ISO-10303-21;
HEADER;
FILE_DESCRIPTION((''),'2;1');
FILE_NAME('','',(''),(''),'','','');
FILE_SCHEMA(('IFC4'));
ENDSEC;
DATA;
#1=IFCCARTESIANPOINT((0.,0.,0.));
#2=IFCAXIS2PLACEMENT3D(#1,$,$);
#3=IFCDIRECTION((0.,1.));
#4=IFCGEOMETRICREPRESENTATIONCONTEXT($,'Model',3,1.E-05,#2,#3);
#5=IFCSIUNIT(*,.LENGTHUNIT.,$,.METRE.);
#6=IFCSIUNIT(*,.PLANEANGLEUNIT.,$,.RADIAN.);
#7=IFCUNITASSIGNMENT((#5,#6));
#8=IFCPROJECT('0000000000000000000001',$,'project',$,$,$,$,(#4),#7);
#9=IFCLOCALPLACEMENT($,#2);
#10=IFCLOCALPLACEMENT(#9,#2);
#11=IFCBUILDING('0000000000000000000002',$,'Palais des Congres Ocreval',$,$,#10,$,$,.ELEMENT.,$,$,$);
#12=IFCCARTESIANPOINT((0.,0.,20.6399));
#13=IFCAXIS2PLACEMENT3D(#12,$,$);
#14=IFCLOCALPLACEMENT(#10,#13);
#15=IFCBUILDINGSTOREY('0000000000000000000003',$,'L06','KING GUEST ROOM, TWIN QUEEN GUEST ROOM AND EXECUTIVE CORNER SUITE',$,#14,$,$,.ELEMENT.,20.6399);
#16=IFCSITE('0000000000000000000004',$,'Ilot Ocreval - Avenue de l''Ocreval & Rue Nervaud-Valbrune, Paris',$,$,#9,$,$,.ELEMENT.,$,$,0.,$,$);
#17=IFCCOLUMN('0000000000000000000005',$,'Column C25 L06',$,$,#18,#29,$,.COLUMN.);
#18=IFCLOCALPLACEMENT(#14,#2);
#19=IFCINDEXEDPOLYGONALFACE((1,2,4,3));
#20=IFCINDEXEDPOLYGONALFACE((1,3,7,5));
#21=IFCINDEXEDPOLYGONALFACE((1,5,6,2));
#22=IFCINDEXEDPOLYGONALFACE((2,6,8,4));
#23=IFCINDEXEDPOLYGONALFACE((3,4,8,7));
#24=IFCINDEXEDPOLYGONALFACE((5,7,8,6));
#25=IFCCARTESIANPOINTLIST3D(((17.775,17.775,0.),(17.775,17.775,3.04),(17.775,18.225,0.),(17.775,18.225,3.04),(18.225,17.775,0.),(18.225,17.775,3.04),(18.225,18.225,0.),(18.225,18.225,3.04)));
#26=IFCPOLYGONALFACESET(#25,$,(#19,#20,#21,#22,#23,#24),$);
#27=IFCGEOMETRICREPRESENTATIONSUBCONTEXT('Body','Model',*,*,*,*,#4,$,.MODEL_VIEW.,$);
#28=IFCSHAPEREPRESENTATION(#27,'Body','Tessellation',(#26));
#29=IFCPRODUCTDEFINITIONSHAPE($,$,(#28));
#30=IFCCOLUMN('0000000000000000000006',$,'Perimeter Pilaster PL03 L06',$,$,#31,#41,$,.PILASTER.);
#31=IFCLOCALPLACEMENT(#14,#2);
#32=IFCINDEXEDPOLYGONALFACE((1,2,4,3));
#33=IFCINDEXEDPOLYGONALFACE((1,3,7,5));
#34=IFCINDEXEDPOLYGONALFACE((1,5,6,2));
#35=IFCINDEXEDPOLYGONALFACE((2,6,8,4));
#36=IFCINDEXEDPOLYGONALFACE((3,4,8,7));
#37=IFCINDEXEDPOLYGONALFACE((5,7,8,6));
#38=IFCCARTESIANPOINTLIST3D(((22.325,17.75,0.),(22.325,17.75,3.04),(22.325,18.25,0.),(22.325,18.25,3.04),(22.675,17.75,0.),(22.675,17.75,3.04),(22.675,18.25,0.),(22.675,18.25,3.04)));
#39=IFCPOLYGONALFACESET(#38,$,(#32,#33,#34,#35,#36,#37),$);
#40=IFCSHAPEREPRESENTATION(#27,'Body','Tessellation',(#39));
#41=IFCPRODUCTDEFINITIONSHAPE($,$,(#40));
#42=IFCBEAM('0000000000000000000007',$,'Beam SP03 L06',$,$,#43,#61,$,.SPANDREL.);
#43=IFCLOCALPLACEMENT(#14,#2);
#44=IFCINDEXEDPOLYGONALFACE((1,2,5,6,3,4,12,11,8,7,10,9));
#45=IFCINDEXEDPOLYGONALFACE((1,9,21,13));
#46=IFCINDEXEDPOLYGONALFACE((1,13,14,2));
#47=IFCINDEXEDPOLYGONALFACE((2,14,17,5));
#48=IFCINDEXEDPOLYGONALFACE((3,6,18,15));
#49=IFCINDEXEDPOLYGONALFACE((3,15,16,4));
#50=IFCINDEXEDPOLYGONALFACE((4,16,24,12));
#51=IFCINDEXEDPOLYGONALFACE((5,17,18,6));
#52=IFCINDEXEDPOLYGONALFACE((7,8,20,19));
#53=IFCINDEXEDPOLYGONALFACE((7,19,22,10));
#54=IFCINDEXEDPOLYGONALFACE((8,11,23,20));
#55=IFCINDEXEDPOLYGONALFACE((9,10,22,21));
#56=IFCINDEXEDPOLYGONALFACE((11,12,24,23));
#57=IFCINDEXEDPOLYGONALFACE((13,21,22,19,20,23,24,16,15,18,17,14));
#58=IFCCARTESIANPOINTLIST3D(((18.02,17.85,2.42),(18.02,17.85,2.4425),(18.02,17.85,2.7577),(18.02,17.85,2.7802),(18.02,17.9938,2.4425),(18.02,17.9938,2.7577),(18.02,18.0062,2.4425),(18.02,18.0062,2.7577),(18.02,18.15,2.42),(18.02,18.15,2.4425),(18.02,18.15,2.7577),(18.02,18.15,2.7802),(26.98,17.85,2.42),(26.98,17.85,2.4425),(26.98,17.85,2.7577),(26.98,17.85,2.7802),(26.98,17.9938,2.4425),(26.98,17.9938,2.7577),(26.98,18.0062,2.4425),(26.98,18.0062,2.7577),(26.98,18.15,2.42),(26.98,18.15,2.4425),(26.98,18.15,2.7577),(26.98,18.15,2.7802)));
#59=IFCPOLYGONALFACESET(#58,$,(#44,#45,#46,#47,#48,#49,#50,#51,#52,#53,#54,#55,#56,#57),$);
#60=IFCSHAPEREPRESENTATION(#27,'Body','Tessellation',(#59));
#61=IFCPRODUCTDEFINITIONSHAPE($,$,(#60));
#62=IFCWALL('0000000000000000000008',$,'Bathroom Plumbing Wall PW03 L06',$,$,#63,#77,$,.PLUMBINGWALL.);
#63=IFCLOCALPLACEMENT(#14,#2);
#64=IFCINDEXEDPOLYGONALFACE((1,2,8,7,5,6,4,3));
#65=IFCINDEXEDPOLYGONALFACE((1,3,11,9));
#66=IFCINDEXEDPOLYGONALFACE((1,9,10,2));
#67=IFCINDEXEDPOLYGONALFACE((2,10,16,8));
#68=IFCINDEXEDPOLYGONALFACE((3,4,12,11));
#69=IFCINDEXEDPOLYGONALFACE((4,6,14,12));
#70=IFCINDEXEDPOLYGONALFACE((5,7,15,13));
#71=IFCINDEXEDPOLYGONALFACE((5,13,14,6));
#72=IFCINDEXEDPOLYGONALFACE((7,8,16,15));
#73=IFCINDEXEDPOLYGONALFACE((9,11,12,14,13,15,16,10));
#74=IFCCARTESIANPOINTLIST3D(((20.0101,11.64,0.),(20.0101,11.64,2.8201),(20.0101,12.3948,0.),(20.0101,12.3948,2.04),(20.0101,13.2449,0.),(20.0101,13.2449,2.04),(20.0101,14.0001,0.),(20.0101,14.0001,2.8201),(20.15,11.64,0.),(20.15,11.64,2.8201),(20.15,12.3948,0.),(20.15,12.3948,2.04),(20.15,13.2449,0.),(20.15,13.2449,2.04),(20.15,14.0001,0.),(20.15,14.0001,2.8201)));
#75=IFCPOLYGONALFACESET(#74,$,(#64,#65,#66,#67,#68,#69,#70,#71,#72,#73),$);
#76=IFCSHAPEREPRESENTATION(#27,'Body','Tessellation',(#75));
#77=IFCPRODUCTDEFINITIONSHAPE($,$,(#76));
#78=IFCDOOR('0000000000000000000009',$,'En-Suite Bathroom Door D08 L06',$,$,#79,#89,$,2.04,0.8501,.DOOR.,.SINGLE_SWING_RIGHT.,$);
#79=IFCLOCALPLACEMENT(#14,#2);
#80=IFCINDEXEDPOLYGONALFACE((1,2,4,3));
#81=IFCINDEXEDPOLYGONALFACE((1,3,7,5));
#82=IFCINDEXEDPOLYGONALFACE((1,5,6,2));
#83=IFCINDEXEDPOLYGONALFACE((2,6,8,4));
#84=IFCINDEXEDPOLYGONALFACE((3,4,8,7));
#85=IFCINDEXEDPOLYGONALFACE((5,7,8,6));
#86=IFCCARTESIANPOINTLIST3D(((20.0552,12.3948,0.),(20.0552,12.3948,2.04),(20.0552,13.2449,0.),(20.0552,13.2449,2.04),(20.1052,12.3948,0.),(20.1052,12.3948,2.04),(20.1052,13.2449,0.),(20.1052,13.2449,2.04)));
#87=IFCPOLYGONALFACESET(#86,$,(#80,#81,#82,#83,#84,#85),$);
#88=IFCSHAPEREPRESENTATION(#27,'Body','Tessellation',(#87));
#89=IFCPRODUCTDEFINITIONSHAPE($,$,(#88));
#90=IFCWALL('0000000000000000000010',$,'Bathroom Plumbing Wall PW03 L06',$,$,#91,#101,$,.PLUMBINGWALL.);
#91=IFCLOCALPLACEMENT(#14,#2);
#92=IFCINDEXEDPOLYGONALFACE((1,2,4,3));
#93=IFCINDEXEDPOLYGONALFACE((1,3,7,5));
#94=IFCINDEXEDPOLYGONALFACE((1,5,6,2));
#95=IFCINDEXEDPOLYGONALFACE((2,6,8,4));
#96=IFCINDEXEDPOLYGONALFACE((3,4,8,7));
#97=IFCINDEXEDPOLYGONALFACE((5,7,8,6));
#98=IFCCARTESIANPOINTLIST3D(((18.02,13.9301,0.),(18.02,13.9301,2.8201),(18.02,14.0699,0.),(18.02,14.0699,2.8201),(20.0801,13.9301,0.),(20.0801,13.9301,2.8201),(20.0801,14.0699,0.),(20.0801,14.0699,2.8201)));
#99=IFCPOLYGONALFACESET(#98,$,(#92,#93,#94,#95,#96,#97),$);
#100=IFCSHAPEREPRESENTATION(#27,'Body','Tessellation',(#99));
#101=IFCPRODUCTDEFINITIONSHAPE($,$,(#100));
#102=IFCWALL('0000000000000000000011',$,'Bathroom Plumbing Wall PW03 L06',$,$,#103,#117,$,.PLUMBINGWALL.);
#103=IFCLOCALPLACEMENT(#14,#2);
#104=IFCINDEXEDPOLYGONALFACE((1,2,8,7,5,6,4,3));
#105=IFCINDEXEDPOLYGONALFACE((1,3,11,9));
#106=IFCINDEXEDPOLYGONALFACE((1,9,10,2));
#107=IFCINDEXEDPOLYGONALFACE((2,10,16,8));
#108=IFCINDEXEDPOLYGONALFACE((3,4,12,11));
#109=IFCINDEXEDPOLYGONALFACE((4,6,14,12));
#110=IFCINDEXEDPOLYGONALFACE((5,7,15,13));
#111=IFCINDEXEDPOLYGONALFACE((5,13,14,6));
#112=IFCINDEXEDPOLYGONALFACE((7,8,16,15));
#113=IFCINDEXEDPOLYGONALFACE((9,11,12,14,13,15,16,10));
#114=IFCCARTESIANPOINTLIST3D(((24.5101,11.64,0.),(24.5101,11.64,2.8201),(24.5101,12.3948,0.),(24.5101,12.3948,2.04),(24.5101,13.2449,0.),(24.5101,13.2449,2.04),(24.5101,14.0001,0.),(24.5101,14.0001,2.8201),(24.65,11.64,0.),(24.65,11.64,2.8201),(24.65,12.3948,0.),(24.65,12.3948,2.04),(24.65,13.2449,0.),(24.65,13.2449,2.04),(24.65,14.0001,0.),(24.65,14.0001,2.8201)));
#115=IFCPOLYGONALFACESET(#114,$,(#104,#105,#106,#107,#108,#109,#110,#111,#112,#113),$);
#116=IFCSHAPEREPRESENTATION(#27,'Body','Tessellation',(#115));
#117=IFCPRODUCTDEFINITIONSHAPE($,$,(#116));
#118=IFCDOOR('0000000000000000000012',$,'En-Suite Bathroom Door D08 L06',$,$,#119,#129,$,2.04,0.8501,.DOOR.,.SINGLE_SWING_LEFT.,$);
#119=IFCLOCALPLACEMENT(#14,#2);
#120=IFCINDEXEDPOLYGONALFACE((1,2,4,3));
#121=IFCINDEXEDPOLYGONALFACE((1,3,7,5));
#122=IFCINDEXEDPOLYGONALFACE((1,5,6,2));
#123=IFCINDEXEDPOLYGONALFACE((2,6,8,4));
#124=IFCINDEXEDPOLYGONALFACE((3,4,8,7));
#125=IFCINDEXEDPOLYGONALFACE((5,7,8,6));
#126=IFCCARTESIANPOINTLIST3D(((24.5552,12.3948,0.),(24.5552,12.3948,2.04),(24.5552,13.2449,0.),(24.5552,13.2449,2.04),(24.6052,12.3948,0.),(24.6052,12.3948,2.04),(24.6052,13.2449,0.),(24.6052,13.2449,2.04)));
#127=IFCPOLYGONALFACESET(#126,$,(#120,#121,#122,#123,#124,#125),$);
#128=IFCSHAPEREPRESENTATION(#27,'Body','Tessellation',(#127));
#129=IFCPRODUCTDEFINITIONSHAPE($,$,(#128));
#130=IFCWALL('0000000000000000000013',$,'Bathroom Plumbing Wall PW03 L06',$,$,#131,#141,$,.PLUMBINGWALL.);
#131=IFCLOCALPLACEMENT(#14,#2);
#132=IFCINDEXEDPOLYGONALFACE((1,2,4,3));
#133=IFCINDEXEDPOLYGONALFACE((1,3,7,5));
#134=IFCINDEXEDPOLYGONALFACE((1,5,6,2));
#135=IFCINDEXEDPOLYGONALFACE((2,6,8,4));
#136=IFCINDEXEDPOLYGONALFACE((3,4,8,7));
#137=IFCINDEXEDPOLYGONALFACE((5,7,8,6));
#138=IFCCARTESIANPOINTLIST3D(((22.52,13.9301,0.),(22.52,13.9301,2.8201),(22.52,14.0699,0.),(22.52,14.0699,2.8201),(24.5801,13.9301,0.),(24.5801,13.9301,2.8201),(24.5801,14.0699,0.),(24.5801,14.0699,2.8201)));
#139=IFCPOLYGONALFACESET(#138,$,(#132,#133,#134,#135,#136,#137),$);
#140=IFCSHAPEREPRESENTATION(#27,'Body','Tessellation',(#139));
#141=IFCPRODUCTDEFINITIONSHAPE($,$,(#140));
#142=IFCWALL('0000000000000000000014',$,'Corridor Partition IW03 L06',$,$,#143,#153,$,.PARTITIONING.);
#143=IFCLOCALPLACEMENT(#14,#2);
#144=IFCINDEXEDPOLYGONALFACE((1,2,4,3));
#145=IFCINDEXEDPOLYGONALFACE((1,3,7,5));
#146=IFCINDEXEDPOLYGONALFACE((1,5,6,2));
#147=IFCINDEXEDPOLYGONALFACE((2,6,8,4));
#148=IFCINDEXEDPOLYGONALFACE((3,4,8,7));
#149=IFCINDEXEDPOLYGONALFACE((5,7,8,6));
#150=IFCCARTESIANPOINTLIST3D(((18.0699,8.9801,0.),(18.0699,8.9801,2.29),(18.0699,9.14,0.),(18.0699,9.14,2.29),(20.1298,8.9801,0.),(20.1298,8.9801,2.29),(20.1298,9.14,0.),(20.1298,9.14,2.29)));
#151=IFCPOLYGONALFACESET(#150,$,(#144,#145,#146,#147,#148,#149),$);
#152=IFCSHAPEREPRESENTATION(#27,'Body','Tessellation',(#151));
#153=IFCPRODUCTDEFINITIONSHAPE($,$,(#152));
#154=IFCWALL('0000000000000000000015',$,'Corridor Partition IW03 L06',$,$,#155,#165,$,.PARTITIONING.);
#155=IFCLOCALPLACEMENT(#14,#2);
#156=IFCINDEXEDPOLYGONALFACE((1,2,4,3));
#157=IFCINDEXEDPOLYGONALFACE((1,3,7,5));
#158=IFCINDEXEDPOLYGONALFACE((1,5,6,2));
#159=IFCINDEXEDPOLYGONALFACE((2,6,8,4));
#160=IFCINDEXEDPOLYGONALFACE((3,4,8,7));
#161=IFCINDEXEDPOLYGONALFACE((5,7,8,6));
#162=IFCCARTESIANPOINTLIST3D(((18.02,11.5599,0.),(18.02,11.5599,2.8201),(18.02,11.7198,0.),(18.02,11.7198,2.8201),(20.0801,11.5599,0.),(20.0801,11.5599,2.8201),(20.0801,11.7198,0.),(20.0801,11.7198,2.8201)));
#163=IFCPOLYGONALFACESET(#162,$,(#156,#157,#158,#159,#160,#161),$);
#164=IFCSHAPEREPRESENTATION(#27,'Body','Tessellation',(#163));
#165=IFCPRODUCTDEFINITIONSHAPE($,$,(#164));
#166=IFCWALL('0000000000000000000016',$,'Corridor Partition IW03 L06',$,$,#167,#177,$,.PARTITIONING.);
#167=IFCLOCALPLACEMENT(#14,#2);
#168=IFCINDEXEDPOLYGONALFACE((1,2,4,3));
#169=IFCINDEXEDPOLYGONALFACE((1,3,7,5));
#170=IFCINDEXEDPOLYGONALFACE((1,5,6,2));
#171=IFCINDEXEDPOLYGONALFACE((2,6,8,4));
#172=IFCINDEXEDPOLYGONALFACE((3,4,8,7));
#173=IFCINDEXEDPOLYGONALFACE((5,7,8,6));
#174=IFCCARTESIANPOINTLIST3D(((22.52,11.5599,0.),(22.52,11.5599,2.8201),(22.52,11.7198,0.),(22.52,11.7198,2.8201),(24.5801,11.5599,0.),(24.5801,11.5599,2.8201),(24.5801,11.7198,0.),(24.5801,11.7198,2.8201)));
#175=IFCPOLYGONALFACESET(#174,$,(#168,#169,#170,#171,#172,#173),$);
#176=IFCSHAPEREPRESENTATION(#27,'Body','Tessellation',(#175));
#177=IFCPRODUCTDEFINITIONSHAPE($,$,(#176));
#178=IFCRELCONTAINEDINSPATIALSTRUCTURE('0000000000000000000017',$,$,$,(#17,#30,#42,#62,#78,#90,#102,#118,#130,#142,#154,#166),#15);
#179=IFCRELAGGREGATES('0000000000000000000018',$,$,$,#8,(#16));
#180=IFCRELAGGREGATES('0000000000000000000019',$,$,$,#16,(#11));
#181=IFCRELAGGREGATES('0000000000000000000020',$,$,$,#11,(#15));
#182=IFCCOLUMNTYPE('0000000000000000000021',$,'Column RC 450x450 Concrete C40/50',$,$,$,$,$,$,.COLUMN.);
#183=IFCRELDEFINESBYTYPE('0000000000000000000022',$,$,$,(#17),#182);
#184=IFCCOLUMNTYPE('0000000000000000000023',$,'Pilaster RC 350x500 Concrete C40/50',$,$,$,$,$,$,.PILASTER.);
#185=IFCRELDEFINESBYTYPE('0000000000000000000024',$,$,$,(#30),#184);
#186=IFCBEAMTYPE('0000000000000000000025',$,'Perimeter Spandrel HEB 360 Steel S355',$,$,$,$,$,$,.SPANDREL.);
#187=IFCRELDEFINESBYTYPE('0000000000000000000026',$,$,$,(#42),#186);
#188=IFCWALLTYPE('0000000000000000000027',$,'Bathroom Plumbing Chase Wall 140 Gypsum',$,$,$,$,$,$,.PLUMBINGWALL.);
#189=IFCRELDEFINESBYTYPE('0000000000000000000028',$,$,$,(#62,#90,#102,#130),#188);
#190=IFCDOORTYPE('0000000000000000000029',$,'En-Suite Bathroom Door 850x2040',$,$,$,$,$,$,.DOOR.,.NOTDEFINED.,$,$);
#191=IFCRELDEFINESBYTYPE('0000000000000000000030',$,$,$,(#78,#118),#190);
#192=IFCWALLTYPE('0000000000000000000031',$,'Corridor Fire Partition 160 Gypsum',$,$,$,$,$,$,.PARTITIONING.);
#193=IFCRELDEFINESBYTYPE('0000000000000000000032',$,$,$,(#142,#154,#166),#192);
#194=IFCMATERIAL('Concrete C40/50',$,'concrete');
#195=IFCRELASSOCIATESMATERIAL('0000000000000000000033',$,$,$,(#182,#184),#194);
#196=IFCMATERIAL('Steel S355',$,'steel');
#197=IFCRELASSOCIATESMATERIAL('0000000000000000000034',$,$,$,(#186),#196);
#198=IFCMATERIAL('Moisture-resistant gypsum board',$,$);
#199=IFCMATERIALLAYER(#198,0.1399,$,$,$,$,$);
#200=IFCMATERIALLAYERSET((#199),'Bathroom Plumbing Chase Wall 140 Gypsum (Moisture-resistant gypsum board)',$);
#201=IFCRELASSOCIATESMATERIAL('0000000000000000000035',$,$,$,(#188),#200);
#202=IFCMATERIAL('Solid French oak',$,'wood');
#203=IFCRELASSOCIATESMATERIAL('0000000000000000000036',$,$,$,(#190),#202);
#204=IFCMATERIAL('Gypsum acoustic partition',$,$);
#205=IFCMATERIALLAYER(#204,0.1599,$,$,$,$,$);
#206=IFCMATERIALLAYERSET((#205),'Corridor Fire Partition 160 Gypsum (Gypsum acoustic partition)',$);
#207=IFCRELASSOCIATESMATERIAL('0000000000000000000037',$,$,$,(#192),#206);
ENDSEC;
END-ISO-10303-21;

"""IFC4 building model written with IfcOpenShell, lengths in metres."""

from ifc_helpers import new_model, si_unit, direction, frame, frame_2d, origin, origin_2d, place, context, subcontext, project, spatial, rectangle, i_section, extrude, material, layer, layer_set, material_profile, profile_set, type_object, element, fill, save


model = new_model("IFC4")

# Units and contexts
model_context = context("Model", 3, precision=1e-05, world=origin(), true_north=direction((0.0, 1.0)))
body_context = subcontext(model_context, "Body", "Model", "MODEL_VIEW")
ifc_project = project(units=[si_unit("LENGTHUNIT", "METRE"), si_unit("PLANEANGLEUNIT", "RADIAN")], contexts=[model_context])

# Site, building, storey
site_placement = place(None, origin())
site = spatial("IfcSite", under=ifc_project, at=site_placement, Name="Ilot Ocreval - Avenue de l'Ocreval & Rue Nervaud-Valbrune, Paris", CompositionType="ELEMENT", RefElevation=0.0)
building_placement = place(site_placement, origin())
building = spatial("IfcBuilding", under=site, at=building_placement, Name="Palais des Congres Ocreval", CompositionType="ELEMENT")
storey_placement = place(building_placement, frame((0.0, 0.0, 20.6399)))
storey = spatial("IfcBuildingStorey", under=building, at=storey_placement, Name="L06", Description="KING GUEST ROOM, TWIN QUEEN GUEST ROOM AND EXECUTIVE CORNER SUITE", CompositionType="ELEMENT", Elevation=20.6399)

# Columns
ifc_material_1 = material(Name="Concrete C40/50", Category="concrete")
ifc_material_profile_1 = material_profile(ifc_material_1, rectangle(XDim=0.45, YDim=0.45, at=origin_2d()), Name="RC 450x450")
ifc_profile_set_1 = profile_set([ifc_material_profile_1], Name="Concrete C40/50")
column_type_1 = type_object("IfcColumnType", Name="Column RC 450x450 Concrete C40/50", PredefinedType="COLUMN", material=ifc_profile_set_1)
column_1_placement = place(storey_placement, frame((18.0, 18.0, 0.0), z_axis=(0.0, 0.0, 1.0), x_axis=(1.0, 0.0, 0.0)))
element("IfcColumn", 1, at=column_1_placement, inside=storey, type_object=column_type_1, Name="Column C25 L06", PredefinedType="COLUMN", context=body_context, shape_type="SweptSolid", body=[
    extrude(rectangle(XDim=0.45, YDim=0.45, at=origin_2d()), origin(), (0.0, 0.0, 1.0), 3.04),
])
ifc_material_profile_2 = material_profile(ifc_material_1, rectangle(XDim=0.3501, YDim=0.5, at=origin_2d()), Name="RC 350x500")
ifc_profile_set_2 = profile_set([ifc_material_profile_2], Name="Concrete C40/50")
column_type_2 = type_object("IfcColumnType", Name="Pilaster RC 350x500 Concrete C40/50", PredefinedType="PILASTER", material=ifc_profile_set_2)
column_2_placement = place(storey_placement, frame((22.5, 18.0, 0.0), z_axis=(0.0, 0.0, 1.0), x_axis=(1.0, 0.0, 0.0)))
element("IfcColumn", 2, at=column_2_placement, inside=storey, type_object=column_type_2, Name="Perimeter Pilaster PL03 L06", PredefinedType="PILASTER", context=body_context, shape_type="SweptSolid", body=[
    extrude(rectangle(XDim=0.3501, YDim=0.5, at=origin_2d()), origin(), (0.0, 0.0, 1.0), 3.04),
])

# Beam
ifc_material_2 = material(Name="Steel S355", Category="steel")
ifc_material_profile_3 = material_profile(ifc_material_2, i_section(OverallWidth=0.3, OverallDepth=0.3601, WebThickness=0.0125, FlangeThickness=0.0225, at=origin_2d()), Name="HEB 360")
ifc_profile_set_3 = profile_set([ifc_material_profile_3], Name="Steel S355")
beam_type = type_object("IfcBeamType", Name="Perimeter Spandrel HEB 360 Steel S355", PredefinedType="SPANDREL", material=ifc_profile_set_3)
beam_placement = place(storey_placement, frame((18.02, 18.0, 2.6001), z_axis=(1.0, 0.0, 0.0), x_axis=(0.0, 1.0, 0.0)))
element("IfcBeam", 3, at=beam_placement, inside=storey, type_object=beam_type, Name="Beam SP03 L06", PredefinedType="SPANDREL", context=body_context, shape_type="SweptSolid", body=[
    extrude(i_section(OverallWidth=0.3, OverallDepth=0.3601, WebThickness=0.0125, FlangeThickness=0.0225, at=origin_2d()), origin(), (0.0, 0.0, 1.0), 8.96),
])

# Wall, opening, door
ifc_material_3 = material(Name="Moisture-resistant gypsum board")
ifc_layer_1 = layer(ifc_material_3, 0.1399)
ifc_layer_set_1 = layer_set([ifc_layer_1], Name="Bathroom Plumbing Chase Wall 140 Gypsum (Moisture-resistant gypsum board)")
wall_type_1 = type_object("IfcWallType", Name="Bathroom Plumbing Chase Wall 140 Gypsum", PredefinedType="PLUMBINGWALL", material=ifc_layer_set_1)
wall_1_placement = place(storey_placement, frame((20.0801, 11.6399, 0.0), z_axis=(0.0, 0.0, 1.0), x_axis=(0.0, 1.0, 0.0)))
wall_1 = element("IfcWall", 4, at=wall_1_placement, inside=storey, type_object=wall_type_1, Name="Bathroom Plumbing Wall PW03 L06", PredefinedType="PLUMBINGWALL", context=body_context, shape_type="SweptSolid", body=[
    extrude(rectangle(XDim=2.3601, YDim=0.1399, at=frame_2d((1.1802, 0.0))), origin(), (0.0, 0.0, 1.0), 2.8201),
])
opening_1_placement = place(wall_1_placement, frame((0.7549, 0.0, 0.0)))
opening_1 = element("IfcOpeningElement", 5, at=opening_1_placement, cuts=wall_1, PredefinedType="OPENING", context=body_context, shape_type="SweptSolid", body=[
    extrude(rectangle(XDim=0.8501, YDim=2.04, at=frame_2d((0.425, 1.02))), frame((0.0, 0.0798, 0.0), z_axis=(0.0, -1.0, 0.0), x_axis=(1.0, 0.0, 0.0)), (0.0, 0.0, 1.0), 0.1599),
])
ifc_material_4 = material(Name="Solid French oak", Category="wood")
door_type_1 = type_object("IfcDoorType", Name="En-Suite Bathroom Door 850x2040", OperationType="NOTDEFINED", PredefinedType="DOOR", material=ifc_material_4)
door_1_placement = place(opening_1_placement, origin())
door_1 = element("IfcDoor", 6, at=door_1_placement, inside=storey, type_object=door_type_1, Name="En-Suite Bathroom Door D08 L06", OperationType="SINGLE_SWING_RIGHT", OverallHeight=2.04, OverallWidth=0.8501, PredefinedType="DOOR", context=body_context, shape_type="SweptSolid", body=[
    extrude(rectangle(XDim=0.8501, YDim=2.04, at=frame_2d((0.425, 1.02))), frame((0.0, 0.0249, 0.0), z_axis=(0.0, -1.0, 0.0), x_axis=(1.0, 0.0, 0.0)), (0.0, 0.0, 1.0), 0.05),
])
fill(opening_1, door_1)

# Wall
wall_2_placement = place(storey_placement, frame((18.02, 14.0, 0.0), z_axis=(0.0, 0.0, 1.0), x_axis=(1.0, 0.0, 0.0)))
element("IfcWall", 7, at=wall_2_placement, inside=storey, type_object=wall_type_1, Name="Bathroom Plumbing Wall PW03 L06", PredefinedType="PLUMBINGWALL", context=body_context, shape_type="SweptSolid", body=[
    extrude(rectangle(XDim=2.0601, YDim=0.1399, at=frame_2d((1.03, 0.0))), origin(), (0.0, 0.0, 1.0), 2.8201),
])

# Wall, opening, door
wall_3_placement = place(storey_placement, frame((24.5801, 11.6399, 0.0), z_axis=(0.0, 0.0, 1.0), x_axis=(0.0, 1.0, 0.0)))
wall_3 = element("IfcWall", 8, at=wall_3_placement, inside=storey, type_object=wall_type_1, Name="Bathroom Plumbing Wall PW03 L06", PredefinedType="PLUMBINGWALL", context=body_context, shape_type="SweptSolid", body=[
    extrude(rectangle(XDim=2.3601, YDim=0.1399, at=frame_2d((1.1802, 0.0))), origin(), (0.0, 0.0, 1.0), 2.8201),
])
opening_2_placement = place(wall_3_placement, frame((0.7549, 0.0, 0.0)))
opening_2 = element("IfcOpeningElement", 9, at=opening_2_placement, cuts=wall_3, PredefinedType="OPENING", context=body_context, shape_type="SweptSolid", body=[
    extrude(rectangle(XDim=0.8501, YDim=2.04, at=frame_2d((0.425, 1.02))), frame((0.0, 0.0798, 0.0), z_axis=(0.0, -1.0, 0.0), x_axis=(1.0, 0.0, 0.0)), (0.0, 0.0, 1.0), 0.1599),
])
door_2_placement = place(opening_2_placement, origin())
door_2 = element("IfcDoor", 10, at=door_2_placement, inside=storey, type_object=door_type_1, Name="En-Suite Bathroom Door D08 L06", OperationType="SINGLE_SWING_LEFT", OverallHeight=2.04, OverallWidth=0.8501, PredefinedType="DOOR", context=body_context, shape_type="SweptSolid", body=[
    extrude(rectangle(XDim=0.8501, YDim=2.04, at=frame_2d((0.425, 1.02))), frame((0.0, 0.0249, 0.0), z_axis=(0.0, -1.0, 0.0), x_axis=(1.0, 0.0, 0.0)), (0.0, 0.0, 1.0), 0.05),
])
fill(opening_2, door_2)

# Walls
wall_4_placement = place(storey_placement, frame((22.52, 14.0, 0.0), z_axis=(0.0, 0.0, 1.0), x_axis=(1.0, 0.0, 0.0)))
element("IfcWall", 11, at=wall_4_placement, inside=storey, type_object=wall_type_1, Name="Bathroom Plumbing Wall PW03 L06", PredefinedType="PLUMBINGWALL", context=body_context, shape_type="SweptSolid", body=[
    extrude(rectangle(XDim=2.0601, YDim=0.1399, at=frame_2d((1.03, 0.0))), origin(), (0.0, 0.0, 1.0), 2.8201),
])
ifc_material_5 = material(Name="Gypsum acoustic partition")
ifc_layer_2 = layer(ifc_material_5, 0.1599)
ifc_layer_set_2 = layer_set([ifc_layer_2], Name="Corridor Fire Partition 160 Gypsum (Gypsum acoustic partition)")
wall_type_2 = type_object("IfcWallType", Name="Corridor Fire Partition 160 Gypsum", PredefinedType="PARTITIONING", material=ifc_layer_set_2)
wall_5_placement = place(storey_placement, frame((18.0701, 9.0601, 0.0), z_axis=(0.0, 0.0, 1.0), x_axis=(1.0, 0.0, 0.0)))
element("IfcWall", 12, at=wall_5_placement, inside=storey, type_object=wall_type_2, Name="Corridor Partition IW03 L06", PredefinedType="PARTITIONING", context=body_context, shape_type="SweptSolid", body=[
    extrude(rectangle(XDim=2.0598, YDim=0.1599, at=frame_2d((1.0298, 0.0))), origin(), (0.0, 0.0, 1.0), 2.29),
])
for number, where, z_axis, x_axis, name in (
    (13, (18.02, 11.6399, 0.0), (0.0, 0.0, 1.0), (1.0, 0.0, 0.0), "Corridor Partition IW03 L06"),
    (14, (22.52, 11.6399, 0.0), (0.0, 0.0, 1.0), (1.0, 0.0, 0.0), "Corridor Partition IW03 L06"),
):
    element("IfcWall", number, at=place(storey_placement, frame(where, z_axis=z_axis, x_axis=x_axis)), inside=storey, type_object=wall_type_2, Name=name, PredefinedType="PARTITIONING", context=body_context, shape_type="SweptSolid", body=[
        extrude(rectangle(XDim=2.0601, YDim=0.1599, at=frame_2d((1.03, 0.0))), origin(), (0.0, 0.0, 1.0), 2.8201),
    ])

save(model, "model.ifc")
